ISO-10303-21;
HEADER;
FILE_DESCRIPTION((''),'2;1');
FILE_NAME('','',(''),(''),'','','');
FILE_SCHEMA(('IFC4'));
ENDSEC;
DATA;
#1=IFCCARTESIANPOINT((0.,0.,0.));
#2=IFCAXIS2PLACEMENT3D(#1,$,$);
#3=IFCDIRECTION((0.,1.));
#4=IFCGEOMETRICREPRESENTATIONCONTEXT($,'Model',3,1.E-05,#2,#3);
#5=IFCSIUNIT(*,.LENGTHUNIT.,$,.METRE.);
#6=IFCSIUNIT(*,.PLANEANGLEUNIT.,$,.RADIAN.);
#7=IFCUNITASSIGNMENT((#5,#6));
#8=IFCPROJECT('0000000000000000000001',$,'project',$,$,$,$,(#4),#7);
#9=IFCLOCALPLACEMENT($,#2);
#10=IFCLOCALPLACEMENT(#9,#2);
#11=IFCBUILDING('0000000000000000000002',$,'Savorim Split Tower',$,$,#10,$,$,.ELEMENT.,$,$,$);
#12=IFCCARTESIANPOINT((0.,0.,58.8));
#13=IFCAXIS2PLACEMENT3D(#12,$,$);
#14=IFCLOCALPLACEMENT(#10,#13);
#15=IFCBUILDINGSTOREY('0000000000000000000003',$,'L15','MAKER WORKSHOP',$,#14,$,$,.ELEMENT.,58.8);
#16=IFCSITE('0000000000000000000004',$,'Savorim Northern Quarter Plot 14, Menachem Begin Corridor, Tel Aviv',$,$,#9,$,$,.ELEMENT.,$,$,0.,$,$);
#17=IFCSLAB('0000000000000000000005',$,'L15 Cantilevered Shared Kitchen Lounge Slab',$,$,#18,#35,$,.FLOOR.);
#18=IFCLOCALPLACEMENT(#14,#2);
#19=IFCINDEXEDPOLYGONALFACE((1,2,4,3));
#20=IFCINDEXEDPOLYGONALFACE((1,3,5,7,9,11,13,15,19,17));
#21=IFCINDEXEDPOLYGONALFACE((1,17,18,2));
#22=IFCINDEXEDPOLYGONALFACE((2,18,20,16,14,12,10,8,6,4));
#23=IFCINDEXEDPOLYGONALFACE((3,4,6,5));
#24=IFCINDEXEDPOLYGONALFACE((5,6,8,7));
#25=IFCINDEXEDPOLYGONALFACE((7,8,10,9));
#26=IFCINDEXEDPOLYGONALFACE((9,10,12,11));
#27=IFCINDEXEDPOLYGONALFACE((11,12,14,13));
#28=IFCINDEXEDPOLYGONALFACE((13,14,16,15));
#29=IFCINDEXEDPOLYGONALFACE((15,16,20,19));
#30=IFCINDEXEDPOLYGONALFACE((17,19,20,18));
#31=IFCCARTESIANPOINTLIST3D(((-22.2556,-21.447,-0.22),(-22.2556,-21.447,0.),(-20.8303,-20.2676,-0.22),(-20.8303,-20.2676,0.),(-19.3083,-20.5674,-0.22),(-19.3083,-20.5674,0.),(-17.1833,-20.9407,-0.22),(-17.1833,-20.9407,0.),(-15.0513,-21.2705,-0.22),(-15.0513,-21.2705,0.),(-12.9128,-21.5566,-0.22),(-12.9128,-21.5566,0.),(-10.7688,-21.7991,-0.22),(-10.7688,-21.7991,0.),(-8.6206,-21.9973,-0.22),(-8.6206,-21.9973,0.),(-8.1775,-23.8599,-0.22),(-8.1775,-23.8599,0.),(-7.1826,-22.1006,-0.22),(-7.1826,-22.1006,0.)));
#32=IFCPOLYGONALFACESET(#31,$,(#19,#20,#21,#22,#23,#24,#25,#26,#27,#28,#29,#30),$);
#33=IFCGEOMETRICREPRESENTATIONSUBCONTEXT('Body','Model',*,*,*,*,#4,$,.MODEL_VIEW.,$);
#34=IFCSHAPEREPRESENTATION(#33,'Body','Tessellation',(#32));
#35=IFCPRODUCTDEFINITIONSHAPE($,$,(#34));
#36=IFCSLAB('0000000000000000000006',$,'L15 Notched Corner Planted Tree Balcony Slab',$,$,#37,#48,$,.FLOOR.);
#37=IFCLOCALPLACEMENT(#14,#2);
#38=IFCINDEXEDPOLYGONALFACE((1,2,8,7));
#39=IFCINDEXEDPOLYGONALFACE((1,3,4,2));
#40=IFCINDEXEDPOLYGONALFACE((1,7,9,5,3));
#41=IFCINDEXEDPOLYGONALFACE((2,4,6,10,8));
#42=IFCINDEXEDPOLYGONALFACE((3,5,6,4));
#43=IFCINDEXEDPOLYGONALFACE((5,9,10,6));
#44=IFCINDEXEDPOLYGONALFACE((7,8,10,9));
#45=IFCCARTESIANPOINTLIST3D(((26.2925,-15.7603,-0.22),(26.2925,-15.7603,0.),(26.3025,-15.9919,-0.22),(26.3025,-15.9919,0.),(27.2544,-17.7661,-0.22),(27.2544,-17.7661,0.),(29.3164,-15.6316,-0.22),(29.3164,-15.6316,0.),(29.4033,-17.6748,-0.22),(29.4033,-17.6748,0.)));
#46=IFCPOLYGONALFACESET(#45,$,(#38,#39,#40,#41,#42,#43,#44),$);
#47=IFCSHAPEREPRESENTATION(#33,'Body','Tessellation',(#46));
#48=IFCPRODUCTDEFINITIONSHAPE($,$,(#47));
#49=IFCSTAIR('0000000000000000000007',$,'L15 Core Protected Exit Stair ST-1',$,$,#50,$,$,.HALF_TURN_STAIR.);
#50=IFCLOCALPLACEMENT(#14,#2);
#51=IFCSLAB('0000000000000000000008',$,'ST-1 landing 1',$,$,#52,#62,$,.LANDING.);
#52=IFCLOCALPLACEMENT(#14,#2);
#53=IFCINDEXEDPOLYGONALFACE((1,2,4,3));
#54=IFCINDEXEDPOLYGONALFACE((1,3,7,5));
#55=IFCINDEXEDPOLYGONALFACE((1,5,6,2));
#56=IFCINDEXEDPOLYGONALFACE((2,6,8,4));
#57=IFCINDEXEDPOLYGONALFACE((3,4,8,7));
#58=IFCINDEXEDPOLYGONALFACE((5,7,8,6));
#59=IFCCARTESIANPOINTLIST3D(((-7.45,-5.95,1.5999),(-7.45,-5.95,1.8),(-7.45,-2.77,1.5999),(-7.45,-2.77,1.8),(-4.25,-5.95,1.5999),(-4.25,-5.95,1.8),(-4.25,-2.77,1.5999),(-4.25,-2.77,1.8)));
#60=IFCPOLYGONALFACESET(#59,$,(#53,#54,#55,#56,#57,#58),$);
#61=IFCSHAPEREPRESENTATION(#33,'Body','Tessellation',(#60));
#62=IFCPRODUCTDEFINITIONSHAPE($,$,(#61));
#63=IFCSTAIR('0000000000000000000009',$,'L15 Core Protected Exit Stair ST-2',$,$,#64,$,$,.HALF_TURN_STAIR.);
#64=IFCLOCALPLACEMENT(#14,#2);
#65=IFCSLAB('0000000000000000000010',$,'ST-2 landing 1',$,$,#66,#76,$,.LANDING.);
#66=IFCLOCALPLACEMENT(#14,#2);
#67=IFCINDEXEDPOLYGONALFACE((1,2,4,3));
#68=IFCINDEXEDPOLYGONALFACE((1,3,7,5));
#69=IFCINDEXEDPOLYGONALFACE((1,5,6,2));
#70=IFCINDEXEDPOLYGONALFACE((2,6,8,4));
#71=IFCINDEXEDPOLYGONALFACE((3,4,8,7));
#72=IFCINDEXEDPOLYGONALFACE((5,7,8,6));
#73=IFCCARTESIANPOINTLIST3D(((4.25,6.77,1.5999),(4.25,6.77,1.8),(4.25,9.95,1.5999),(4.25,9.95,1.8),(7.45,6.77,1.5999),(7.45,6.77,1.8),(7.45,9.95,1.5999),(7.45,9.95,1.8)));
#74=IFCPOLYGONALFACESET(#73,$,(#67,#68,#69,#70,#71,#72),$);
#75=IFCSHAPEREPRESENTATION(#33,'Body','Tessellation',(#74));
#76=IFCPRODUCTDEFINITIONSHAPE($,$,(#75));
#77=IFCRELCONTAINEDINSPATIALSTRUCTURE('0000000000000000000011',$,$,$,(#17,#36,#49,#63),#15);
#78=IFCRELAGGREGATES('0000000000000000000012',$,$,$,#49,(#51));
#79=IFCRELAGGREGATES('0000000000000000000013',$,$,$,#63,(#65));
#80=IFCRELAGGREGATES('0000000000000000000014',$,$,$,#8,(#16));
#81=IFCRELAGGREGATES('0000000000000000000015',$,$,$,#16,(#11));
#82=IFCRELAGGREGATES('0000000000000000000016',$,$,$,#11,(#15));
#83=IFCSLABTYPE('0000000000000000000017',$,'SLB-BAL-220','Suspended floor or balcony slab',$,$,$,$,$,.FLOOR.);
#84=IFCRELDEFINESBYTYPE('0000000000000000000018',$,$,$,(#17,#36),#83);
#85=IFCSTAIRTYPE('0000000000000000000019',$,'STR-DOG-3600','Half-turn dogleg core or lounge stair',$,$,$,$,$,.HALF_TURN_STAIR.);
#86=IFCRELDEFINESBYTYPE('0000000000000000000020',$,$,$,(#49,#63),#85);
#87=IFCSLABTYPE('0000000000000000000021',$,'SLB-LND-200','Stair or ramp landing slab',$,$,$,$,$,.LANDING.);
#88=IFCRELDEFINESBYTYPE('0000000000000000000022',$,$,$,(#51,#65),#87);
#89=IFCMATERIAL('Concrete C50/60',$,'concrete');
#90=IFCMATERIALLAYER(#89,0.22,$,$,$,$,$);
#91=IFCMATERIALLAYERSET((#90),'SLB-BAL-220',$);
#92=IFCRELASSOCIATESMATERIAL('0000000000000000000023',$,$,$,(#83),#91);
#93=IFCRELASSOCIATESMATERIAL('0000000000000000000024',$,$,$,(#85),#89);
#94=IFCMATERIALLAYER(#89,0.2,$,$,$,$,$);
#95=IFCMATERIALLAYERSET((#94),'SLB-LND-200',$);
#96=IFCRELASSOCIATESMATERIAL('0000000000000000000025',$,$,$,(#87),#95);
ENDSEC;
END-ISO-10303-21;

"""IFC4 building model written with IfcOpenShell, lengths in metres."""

from ifc_helpers import new_model, si_unit, direction, frame, origin, place, context, subcontext, project, spatial, polyline, outline, extrude, material, layer, layer_set, type_object, element, aggregate, save


model = new_model("IFC4")

# Units and contexts
model_context = context("Model", 3, precision=1e-05, world=origin(), true_north=direction((0.0, 1.0)))
body_context = subcontext(model_context, "Body", "Model", "MODEL_VIEW")
ifc_project = project(units=[si_unit("LENGTHUNIT", "METRE"), si_unit("PLANEANGLEUNIT", "RADIAN")], contexts=[model_context])

# Site, building, storey
site_placement = place(None, origin())
site = spatial("IfcSite", under=ifc_project, at=site_placement, Name="Savorim Northern Quarter Plot 14, Menachem Begin Corridor, Tel Aviv", CompositionType="ELEMENT", RefElevation=0.0)
building_placement = place(site_placement, origin())
building = spatial("IfcBuilding", under=site, at=building_placement, Name="Savorim Split Tower", CompositionType="ELEMENT")
storey_placement = place(building_placement, frame((0.0, 0.0, 58.8)))
storey = spatial("IfcBuildingStorey", under=building, at=storey_placement, Name="L15", Description="MAKER WORKSHOP", CompositionType="ELEMENT", Elevation=58.8)

# Slabs
ifc_material_1 = material(Name="Concrete C50/60", Category="concrete")
ifc_layer_1 = layer(ifc_material_1, 0.22)
ifc_layer_set_1 = layer_set([ifc_layer_1], Name="SLB-BAL-220")
slab_type_1 = type_object("IfcSlabType", Name="SLB-BAL-220", Description="Suspended floor or balcony slab", PredefinedType="FLOOR", material=ifc_layer_set_1)
slab_1_placement = place(storey_placement, frame((0.0, 0.0, -0.22)))
element("IfcSlab", 1, at=slab_1_placement, inside=storey, type_object=slab_type_1, Name="L15 Cantilevered Shared Kitchen Lounge Slab", PredefinedType="FLOOR", context=body_context, shape_type="SweptSolid", body=[
    extrude(outline(polyline([(-7.1826, -22.1006), (-8.6206, -21.9973), (-10.7688, -21.7991), (-12.9128, -21.5566), (-15.0513, -21.2705), (-17.1833, -20.9407), (-19.3083, -20.5674), (-20.8303, -20.2676), (-22.2556, -21.447), (-8.1775, -23.8599), (-7.1826, -22.1006)])), origin(), (0.0, 0.0, 1.0), 0.22),
])
slab_2_placement = place(storey_placement, frame((0.0, 0.0, -0.22)))
element("IfcSlab", 2, at=slab_2_placement, inside=storey, type_object=slab_type_1, Name="L15 Notched Corner Planted Tree Balcony Slab", PredefinedType="FLOOR", context=body_context, shape_type="SweptSolid", body=[
    extrude(outline(polyline([(29.3164, -15.6316), (26.2925, -15.7603), (26.3025, -15.9919), (27.2544, -17.7661), (29.4033, -17.6748), (29.3164, -15.6316)])), origin(), (0.0, 0.0, 1.0), 0.22),
])

# Stairs, slabs
stair_type = type_object("IfcStairType", Name="STR-DOG-3600", Description="Half-turn dogleg core or lounge stair", PredefinedType="HALF_TURN_STAIR", material=ifc_material_1)
stair_1_placement = place(storey_placement, origin())
stair_1 = element("IfcStair", 3, at=stair_1_placement, inside=storey, type_object=stair_type, Name="L15 Core Protected Exit Stair ST-1", PredefinedType="HALF_TURN_STAIR")
ifc_layer_2 = layer(ifc_material_1, 0.2)
ifc_layer_set_2 = layer_set([ifc_layer_2], Name="SLB-LND-200")
slab_type_2 = type_object("IfcSlabType", Name="SLB-LND-200", Description="Stair or ramp landing slab", PredefinedType="LANDING", material=ifc_layer_set_2)
slab_3_placement = place(storey_placement, frame((0.0, 0.0, 1.5999)))
slab_3 = element("IfcSlab", 4, at=slab_3_placement, type_object=slab_type_2, Name="ST-1 landing 1", PredefinedType="LANDING", context=body_context, shape_type="SweptSolid", body=[
    extrude(outline(polyline([(-7.45, -2.77), (-7.45, -5.95), (-4.25, -5.95), (-4.25, -2.77), (-7.45, -2.77)])), origin(), (0.0, 0.0, 1.0), 0.2002),
])
aggregate(stair_1, [slab_3])
stair_2_placement = place(storey_placement, origin())
stair_2 = element("IfcStair", 5, at=stair_2_placement, inside=storey, type_object=stair_type, Name="L15 Core Protected Exit Stair ST-2", PredefinedType="HALF_TURN_STAIR")
slab_4_placement = place(storey_placement, frame((0.0, 0.0, 1.5999)))
slab_4 = element("IfcSlab", 6, at=slab_4_placement, type_object=slab_type_2, Name="ST-2 landing 1", PredefinedType="LANDING", context=body_context, shape_type="SweptSolid", body=[
    extrude(outline(polyline([(7.45, 6.77), (7.45, 9.95), (4.25, 9.95), (4.25, 6.77), (7.45, 6.77)])), origin(), (0.0, 0.0, 1.0), 0.2002),
])
aggregate(stair_2, [slab_4])

save(model, "model.ifc")
